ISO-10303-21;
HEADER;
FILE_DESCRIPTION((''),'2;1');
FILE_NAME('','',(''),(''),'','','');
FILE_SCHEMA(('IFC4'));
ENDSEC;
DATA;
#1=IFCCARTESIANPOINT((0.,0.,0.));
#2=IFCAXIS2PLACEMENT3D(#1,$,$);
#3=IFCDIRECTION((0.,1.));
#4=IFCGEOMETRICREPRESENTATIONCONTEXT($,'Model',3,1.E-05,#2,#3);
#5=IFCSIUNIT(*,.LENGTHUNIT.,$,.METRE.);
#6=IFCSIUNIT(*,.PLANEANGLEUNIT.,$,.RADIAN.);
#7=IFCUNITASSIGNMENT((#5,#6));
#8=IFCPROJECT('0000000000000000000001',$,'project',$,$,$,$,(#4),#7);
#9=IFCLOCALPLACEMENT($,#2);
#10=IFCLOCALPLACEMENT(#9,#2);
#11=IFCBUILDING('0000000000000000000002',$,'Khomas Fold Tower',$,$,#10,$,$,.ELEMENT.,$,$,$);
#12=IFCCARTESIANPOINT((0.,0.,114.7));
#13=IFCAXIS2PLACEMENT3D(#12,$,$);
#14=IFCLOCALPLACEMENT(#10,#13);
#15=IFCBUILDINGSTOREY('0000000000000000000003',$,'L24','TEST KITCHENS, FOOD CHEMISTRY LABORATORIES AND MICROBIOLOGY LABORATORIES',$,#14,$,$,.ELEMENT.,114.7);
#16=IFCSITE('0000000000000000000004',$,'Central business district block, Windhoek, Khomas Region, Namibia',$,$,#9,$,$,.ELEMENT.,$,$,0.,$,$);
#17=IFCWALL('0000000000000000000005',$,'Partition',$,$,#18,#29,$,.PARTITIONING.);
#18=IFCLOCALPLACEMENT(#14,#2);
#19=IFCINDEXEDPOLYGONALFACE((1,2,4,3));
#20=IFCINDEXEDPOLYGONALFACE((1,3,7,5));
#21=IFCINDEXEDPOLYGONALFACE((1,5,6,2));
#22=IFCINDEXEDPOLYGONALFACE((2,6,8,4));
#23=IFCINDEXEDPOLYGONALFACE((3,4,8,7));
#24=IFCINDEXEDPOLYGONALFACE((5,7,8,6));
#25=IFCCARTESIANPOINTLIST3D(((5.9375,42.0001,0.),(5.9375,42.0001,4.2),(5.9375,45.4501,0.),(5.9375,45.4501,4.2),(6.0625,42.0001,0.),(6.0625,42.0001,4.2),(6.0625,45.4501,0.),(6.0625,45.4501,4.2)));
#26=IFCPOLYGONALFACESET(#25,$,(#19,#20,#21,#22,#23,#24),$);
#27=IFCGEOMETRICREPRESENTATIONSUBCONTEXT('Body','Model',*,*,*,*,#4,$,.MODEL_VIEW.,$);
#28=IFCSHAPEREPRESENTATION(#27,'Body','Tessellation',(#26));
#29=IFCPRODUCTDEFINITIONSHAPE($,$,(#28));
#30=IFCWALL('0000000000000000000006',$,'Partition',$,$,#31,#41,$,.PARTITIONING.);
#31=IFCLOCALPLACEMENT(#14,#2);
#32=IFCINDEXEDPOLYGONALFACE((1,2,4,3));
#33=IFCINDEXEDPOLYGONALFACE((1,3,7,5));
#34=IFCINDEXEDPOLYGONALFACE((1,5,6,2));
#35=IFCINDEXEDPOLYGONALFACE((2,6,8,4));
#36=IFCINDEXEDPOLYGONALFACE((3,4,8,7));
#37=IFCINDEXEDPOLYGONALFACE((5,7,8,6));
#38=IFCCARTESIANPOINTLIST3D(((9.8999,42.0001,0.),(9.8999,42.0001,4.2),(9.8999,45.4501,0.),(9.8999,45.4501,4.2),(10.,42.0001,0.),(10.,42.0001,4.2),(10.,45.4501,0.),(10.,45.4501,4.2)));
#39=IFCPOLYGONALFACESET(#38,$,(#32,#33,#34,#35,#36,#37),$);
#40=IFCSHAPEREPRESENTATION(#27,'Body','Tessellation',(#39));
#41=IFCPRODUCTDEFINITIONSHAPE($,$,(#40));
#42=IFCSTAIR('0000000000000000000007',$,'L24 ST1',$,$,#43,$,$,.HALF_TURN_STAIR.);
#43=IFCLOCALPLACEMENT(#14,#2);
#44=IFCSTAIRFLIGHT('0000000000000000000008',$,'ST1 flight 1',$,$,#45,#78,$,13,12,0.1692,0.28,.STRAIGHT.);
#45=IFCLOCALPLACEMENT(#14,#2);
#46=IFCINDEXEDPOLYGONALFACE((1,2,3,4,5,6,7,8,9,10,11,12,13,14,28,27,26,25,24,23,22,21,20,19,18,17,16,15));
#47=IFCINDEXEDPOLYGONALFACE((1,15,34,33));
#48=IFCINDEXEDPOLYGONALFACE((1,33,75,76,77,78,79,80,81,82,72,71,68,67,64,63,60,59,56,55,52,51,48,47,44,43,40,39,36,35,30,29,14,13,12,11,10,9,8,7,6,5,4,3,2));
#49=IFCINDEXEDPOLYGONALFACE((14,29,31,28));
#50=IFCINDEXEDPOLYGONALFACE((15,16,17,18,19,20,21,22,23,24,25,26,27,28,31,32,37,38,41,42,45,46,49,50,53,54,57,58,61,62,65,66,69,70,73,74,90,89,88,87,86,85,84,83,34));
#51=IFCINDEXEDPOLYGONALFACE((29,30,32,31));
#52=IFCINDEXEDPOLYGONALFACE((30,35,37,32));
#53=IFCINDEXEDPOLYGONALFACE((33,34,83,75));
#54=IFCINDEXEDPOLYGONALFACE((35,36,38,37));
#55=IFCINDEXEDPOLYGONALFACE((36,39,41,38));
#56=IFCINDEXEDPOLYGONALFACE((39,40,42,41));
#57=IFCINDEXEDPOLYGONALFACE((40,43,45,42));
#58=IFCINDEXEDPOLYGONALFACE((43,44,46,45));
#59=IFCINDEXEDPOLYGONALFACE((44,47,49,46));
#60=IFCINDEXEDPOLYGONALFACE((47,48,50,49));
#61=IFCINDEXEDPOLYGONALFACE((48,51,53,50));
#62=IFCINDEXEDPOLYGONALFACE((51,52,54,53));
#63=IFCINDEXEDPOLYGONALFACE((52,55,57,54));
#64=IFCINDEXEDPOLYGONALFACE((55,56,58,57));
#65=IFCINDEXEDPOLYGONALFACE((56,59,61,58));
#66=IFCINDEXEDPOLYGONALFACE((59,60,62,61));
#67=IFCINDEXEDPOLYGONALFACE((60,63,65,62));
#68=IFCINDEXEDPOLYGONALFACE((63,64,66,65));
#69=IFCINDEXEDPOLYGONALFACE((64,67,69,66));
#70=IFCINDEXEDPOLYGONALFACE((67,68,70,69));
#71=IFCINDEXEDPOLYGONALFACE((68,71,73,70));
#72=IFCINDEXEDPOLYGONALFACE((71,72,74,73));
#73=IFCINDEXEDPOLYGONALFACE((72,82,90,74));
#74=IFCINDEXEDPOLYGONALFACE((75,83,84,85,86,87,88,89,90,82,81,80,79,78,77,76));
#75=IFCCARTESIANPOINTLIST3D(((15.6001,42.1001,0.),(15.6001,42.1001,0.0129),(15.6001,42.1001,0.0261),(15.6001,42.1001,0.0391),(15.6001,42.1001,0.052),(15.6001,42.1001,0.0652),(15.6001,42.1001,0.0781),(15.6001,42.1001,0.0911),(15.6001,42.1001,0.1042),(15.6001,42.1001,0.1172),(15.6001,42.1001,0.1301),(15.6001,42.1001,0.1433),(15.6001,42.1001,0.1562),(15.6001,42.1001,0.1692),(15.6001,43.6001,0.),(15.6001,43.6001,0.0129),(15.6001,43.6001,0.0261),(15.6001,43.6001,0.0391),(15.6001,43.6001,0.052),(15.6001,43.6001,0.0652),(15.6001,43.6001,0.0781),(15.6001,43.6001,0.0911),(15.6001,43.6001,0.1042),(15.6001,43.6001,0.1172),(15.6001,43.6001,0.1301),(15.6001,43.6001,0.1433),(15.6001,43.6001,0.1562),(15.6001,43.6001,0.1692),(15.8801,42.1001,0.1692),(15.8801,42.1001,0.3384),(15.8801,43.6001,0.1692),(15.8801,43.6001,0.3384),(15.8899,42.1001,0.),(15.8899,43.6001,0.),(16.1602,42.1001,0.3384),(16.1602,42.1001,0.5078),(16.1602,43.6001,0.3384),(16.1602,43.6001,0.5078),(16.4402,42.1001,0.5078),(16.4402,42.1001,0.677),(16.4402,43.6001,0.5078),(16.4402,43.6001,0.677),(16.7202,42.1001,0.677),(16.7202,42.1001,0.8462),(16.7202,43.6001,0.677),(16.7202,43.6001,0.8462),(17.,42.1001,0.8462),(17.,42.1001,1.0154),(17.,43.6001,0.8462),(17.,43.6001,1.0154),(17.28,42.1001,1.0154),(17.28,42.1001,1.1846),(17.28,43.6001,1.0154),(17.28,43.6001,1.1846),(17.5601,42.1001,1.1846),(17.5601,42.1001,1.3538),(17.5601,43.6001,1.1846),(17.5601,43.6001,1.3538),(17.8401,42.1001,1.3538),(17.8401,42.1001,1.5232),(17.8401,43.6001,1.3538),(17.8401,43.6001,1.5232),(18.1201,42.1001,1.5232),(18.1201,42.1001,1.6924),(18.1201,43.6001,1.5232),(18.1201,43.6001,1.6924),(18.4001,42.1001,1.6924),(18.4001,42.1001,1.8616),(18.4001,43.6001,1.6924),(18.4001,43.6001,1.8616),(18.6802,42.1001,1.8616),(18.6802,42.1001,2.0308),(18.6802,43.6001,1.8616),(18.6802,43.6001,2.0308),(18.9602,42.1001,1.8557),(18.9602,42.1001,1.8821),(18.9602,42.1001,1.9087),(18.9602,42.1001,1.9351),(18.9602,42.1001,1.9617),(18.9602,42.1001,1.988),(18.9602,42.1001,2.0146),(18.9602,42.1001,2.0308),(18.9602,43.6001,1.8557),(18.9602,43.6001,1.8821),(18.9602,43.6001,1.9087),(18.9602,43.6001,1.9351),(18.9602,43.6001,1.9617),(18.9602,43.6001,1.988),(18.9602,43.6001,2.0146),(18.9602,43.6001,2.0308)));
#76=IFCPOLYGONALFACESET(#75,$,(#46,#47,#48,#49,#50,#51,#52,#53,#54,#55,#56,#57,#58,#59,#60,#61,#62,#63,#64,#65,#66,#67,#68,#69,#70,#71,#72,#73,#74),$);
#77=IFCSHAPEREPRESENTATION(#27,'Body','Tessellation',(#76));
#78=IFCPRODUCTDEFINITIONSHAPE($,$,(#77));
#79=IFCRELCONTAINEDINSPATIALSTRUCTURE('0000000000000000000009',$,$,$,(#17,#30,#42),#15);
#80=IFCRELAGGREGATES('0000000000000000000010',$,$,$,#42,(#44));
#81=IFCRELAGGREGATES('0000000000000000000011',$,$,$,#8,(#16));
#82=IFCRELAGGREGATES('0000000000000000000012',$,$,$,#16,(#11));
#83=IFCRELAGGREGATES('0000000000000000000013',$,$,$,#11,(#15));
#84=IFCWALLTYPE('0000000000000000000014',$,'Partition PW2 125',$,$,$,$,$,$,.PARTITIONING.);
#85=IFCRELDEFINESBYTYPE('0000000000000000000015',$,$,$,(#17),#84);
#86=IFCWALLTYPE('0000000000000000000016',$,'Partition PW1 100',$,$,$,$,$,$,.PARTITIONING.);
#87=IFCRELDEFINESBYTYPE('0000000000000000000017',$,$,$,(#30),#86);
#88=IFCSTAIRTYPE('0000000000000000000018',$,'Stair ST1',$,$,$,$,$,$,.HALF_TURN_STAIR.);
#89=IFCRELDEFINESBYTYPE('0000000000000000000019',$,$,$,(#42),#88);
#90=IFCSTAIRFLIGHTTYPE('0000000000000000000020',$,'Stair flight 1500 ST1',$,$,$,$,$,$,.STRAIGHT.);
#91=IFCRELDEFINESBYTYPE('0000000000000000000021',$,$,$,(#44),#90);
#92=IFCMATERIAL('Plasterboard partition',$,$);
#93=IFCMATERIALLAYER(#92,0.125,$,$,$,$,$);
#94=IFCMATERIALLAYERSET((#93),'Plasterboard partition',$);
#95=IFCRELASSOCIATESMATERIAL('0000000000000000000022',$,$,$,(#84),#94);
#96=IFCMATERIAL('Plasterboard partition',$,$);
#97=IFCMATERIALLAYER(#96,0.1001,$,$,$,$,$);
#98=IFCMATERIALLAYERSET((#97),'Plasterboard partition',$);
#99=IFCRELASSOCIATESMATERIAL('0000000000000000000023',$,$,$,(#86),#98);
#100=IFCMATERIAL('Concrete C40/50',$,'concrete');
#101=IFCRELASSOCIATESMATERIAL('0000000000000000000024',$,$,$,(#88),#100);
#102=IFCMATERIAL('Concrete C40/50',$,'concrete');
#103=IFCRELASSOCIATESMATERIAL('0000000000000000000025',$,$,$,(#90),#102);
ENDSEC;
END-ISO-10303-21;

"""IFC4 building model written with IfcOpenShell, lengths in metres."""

from ifc_helpers import new_model, si_unit, direction, frame, frame_2d, origin, place, context, subcontext, project, spatial, polyline, rectangle, outline, extrude, source, transform, mapped, material, layer, layer_set, type_object, element, aggregate, save


model = new_model("IFC4")

# Units and contexts
model_context = context("Model", 3, precision=1e-05, world=origin(), true_north=direction((0.0, 1.0)))
body_context = subcontext(model_context, "Body", "Model", "MODEL_VIEW")
ifc_project = project(units=[si_unit("LENGTHUNIT", "METRE"), si_unit("PLANEANGLEUNIT", "RADIAN")], contexts=[model_context])

# Site, building, storey
site_placement = place(None, origin())
site = spatial("IfcSite", under=ifc_project, at=site_placement, Name="Central business district block, Windhoek, Khomas Region, Namibia", CompositionType="ELEMENT", RefElevation=0.0)
building_placement = place(site_placement, origin())
building = spatial("IfcBuilding", under=site, at=building_placement, Name="Khomas Fold Tower", CompositionType="ELEMENT")
storey_placement = place(building_placement, frame((0.0, 0.0, 114.7)))
storey = spatial("IfcBuildingStorey", under=building, at=storey_placement, Name="L24", Description="TEST KITCHENS, FOOD CHEMISTRY LABORATORIES AND MICROBIOLOGY LABORATORIES", CompositionType="ELEMENT", Elevation=114.7)

# Walls
ifc_material_1 = material(Name="Plasterboard partition")
ifc_layer_1 = layer(ifc_material_1, 0.125)
ifc_layer_set_1 = layer_set([ifc_layer_1], Name="Plasterboard partition")
wall_type_1 = type_object("IfcWallType", Name="Partition PW2 125", PredefinedType="PARTITIONING", material=ifc_layer_set_1)
shared_shape_1 = source(origin(), body_context, "Body", "SweptSolid", [
    extrude(rectangle(XDim=3.45, YDim=0.125, at=frame_2d((1.7251, 0.0))), origin(), (0.0, 0.0, 1.0), 4.2),
])
wall_1_placement = place(storey_placement, frame((6.0, 42.0, 0.0), z_axis=(0.0, 0.0, 1.0), x_axis=(0.0, 1.0, 0.0)))
element("IfcWall", 1, at=wall_1_placement, inside=storey, type_object=wall_type_1, Name="Partition", PredefinedType="PARTITIONING", context=body_context, shape_type="MappedRepresentation", body=[
    mapped(shared_shape_1, transform((0.0, 0.0, 0.0))),
])
ifc_material_2 = material(Name="Plasterboard partition")
ifc_layer_2 = layer(ifc_material_2, 0.1001)
ifc_layer_set_2 = layer_set([ifc_layer_2], Name="Plasterboard partition")
wall_type_2 = type_object("IfcWallType", Name="Partition PW1 100", PredefinedType="PARTITIONING", material=ifc_layer_set_2)
shared_shape_2 = source(origin(), body_context, "Body", "SweptSolid", [
    extrude(rectangle(XDim=3.45, YDim=0.1001, at=frame_2d((1.7251, 0.0))), origin(), (0.0, 0.0, 1.0), 4.2),
])
wall_2_placement = place(storey_placement, frame((9.95, 42.0, 0.0), z_axis=(0.0, 0.0, 1.0), x_axis=(0.0, 1.0, 0.0)))
element("IfcWall", 2, at=wall_2_placement, inside=storey, type_object=wall_type_2, Name="Partition", PredefinedType="PARTITIONING", context=body_context, shape_type="MappedRepresentation", body=[
    mapped(shared_shape_2, transform((0.0, 0.0, 0.0))),
])

# Stair, stair flight
ifc_material_3 = material(Name="Concrete C40/50", Category="concrete")
stair_type = type_object("IfcStairType", Name="Stair ST1", PredefinedType="HALF_TURN_STAIR", material=ifc_material_3)
stair_placement = place(storey_placement, origin())
stair = element("IfcStair", 3, at=stair_placement, inside=storey, type_object=stair_type, Name="L24 ST1", PredefinedType="HALF_TURN_STAIR")
ifc_material_4 = material(Name="Concrete C40/50", Category="concrete")
stair_flight_type = type_object("IfcStairFlightType", Name="Stair flight 1500 ST1", PredefinedType="STRAIGHT", material=ifc_material_4)
shared_shape_3 = source(origin(), body_context, "Body", "SweptSolid", [
    extrude(outline(polyline([(0.0, 0.0), (0.0, 0.0129), (0.0, 0.0261), (0.0, 0.0391), (0.0, 0.052), (0.0, 0.0652), (0.0, 0.0781), (0.0, 0.0911), (0.0, 0.1042), (0.0, 0.1172), (0.0, 0.1301), (0.0, 0.1433), (0.0, 0.1562), (0.0, 0.1692), (0.28, 0.1692), (0.28, 0.3384), (0.5601, 0.3384), (0.5601, 0.5078), (0.8401, 0.5078), (0.8401, 0.677), (1.1201, 0.677), (1.1201, 0.8462), (1.3999, 0.8462), (1.3999, 1.0154), (1.6799, 1.0154), (1.6799, 1.1846), (1.96, 1.1846), (1.96, 1.3538), (2.24, 1.3538), (2.24, 1.5232), (2.52, 1.5232), (2.52, 1.6924), (2.8, 1.6924), (2.8, 1.8616), (3.0801, 1.8616), (3.0801, 2.0308), (3.3601, 2.0308), (3.3601, 2.2), (3.3601, 2.1736), (3.3601, 2.147), (3.3601, 2.1206), (3.3601, 2.094), (3.3601, 2.0676), (3.3601, 2.041), (3.3601, 2.0146), (3.3601, 1.988), (3.3601, 1.9617), (3.3601, 1.9351), (3.3601, 1.9087), (3.3601, 1.8821), (3.3601, 1.8557), (0.2898, 0.0), (0.0, 0.0)])), frame((0.0, 0.75, 0.0), z_axis=(0.0, -1.0, 0.0), x_axis=(1.0, 0.0, 0.0)), (0.0, 0.0, 1.0), 1.5),
])
stair_flight_placement = place(storey_placement, frame((15.6001, 42.8501, 0.0), z_axis=(0.0, 0.0, 1.0), x_axis=(1.0, 0.0, 0.0)))
stair_flight = element("IfcStairFlight", 4, at=stair_flight_placement, type_object=stair_flight_type, Name="ST1 flight 1", NumberOfRisers=13, NumberOfTreads=12, PredefinedType="STRAIGHT", RiserHeight=0.1692, TreadLength=0.28, context=body_context, shape_type="MappedRepresentation", body=[
    mapped(shared_shape_3, transform((0.0, 0.0, 0.0))),
])
aggregate(stair, [stair_flight])

save(model, "model.ifc")
